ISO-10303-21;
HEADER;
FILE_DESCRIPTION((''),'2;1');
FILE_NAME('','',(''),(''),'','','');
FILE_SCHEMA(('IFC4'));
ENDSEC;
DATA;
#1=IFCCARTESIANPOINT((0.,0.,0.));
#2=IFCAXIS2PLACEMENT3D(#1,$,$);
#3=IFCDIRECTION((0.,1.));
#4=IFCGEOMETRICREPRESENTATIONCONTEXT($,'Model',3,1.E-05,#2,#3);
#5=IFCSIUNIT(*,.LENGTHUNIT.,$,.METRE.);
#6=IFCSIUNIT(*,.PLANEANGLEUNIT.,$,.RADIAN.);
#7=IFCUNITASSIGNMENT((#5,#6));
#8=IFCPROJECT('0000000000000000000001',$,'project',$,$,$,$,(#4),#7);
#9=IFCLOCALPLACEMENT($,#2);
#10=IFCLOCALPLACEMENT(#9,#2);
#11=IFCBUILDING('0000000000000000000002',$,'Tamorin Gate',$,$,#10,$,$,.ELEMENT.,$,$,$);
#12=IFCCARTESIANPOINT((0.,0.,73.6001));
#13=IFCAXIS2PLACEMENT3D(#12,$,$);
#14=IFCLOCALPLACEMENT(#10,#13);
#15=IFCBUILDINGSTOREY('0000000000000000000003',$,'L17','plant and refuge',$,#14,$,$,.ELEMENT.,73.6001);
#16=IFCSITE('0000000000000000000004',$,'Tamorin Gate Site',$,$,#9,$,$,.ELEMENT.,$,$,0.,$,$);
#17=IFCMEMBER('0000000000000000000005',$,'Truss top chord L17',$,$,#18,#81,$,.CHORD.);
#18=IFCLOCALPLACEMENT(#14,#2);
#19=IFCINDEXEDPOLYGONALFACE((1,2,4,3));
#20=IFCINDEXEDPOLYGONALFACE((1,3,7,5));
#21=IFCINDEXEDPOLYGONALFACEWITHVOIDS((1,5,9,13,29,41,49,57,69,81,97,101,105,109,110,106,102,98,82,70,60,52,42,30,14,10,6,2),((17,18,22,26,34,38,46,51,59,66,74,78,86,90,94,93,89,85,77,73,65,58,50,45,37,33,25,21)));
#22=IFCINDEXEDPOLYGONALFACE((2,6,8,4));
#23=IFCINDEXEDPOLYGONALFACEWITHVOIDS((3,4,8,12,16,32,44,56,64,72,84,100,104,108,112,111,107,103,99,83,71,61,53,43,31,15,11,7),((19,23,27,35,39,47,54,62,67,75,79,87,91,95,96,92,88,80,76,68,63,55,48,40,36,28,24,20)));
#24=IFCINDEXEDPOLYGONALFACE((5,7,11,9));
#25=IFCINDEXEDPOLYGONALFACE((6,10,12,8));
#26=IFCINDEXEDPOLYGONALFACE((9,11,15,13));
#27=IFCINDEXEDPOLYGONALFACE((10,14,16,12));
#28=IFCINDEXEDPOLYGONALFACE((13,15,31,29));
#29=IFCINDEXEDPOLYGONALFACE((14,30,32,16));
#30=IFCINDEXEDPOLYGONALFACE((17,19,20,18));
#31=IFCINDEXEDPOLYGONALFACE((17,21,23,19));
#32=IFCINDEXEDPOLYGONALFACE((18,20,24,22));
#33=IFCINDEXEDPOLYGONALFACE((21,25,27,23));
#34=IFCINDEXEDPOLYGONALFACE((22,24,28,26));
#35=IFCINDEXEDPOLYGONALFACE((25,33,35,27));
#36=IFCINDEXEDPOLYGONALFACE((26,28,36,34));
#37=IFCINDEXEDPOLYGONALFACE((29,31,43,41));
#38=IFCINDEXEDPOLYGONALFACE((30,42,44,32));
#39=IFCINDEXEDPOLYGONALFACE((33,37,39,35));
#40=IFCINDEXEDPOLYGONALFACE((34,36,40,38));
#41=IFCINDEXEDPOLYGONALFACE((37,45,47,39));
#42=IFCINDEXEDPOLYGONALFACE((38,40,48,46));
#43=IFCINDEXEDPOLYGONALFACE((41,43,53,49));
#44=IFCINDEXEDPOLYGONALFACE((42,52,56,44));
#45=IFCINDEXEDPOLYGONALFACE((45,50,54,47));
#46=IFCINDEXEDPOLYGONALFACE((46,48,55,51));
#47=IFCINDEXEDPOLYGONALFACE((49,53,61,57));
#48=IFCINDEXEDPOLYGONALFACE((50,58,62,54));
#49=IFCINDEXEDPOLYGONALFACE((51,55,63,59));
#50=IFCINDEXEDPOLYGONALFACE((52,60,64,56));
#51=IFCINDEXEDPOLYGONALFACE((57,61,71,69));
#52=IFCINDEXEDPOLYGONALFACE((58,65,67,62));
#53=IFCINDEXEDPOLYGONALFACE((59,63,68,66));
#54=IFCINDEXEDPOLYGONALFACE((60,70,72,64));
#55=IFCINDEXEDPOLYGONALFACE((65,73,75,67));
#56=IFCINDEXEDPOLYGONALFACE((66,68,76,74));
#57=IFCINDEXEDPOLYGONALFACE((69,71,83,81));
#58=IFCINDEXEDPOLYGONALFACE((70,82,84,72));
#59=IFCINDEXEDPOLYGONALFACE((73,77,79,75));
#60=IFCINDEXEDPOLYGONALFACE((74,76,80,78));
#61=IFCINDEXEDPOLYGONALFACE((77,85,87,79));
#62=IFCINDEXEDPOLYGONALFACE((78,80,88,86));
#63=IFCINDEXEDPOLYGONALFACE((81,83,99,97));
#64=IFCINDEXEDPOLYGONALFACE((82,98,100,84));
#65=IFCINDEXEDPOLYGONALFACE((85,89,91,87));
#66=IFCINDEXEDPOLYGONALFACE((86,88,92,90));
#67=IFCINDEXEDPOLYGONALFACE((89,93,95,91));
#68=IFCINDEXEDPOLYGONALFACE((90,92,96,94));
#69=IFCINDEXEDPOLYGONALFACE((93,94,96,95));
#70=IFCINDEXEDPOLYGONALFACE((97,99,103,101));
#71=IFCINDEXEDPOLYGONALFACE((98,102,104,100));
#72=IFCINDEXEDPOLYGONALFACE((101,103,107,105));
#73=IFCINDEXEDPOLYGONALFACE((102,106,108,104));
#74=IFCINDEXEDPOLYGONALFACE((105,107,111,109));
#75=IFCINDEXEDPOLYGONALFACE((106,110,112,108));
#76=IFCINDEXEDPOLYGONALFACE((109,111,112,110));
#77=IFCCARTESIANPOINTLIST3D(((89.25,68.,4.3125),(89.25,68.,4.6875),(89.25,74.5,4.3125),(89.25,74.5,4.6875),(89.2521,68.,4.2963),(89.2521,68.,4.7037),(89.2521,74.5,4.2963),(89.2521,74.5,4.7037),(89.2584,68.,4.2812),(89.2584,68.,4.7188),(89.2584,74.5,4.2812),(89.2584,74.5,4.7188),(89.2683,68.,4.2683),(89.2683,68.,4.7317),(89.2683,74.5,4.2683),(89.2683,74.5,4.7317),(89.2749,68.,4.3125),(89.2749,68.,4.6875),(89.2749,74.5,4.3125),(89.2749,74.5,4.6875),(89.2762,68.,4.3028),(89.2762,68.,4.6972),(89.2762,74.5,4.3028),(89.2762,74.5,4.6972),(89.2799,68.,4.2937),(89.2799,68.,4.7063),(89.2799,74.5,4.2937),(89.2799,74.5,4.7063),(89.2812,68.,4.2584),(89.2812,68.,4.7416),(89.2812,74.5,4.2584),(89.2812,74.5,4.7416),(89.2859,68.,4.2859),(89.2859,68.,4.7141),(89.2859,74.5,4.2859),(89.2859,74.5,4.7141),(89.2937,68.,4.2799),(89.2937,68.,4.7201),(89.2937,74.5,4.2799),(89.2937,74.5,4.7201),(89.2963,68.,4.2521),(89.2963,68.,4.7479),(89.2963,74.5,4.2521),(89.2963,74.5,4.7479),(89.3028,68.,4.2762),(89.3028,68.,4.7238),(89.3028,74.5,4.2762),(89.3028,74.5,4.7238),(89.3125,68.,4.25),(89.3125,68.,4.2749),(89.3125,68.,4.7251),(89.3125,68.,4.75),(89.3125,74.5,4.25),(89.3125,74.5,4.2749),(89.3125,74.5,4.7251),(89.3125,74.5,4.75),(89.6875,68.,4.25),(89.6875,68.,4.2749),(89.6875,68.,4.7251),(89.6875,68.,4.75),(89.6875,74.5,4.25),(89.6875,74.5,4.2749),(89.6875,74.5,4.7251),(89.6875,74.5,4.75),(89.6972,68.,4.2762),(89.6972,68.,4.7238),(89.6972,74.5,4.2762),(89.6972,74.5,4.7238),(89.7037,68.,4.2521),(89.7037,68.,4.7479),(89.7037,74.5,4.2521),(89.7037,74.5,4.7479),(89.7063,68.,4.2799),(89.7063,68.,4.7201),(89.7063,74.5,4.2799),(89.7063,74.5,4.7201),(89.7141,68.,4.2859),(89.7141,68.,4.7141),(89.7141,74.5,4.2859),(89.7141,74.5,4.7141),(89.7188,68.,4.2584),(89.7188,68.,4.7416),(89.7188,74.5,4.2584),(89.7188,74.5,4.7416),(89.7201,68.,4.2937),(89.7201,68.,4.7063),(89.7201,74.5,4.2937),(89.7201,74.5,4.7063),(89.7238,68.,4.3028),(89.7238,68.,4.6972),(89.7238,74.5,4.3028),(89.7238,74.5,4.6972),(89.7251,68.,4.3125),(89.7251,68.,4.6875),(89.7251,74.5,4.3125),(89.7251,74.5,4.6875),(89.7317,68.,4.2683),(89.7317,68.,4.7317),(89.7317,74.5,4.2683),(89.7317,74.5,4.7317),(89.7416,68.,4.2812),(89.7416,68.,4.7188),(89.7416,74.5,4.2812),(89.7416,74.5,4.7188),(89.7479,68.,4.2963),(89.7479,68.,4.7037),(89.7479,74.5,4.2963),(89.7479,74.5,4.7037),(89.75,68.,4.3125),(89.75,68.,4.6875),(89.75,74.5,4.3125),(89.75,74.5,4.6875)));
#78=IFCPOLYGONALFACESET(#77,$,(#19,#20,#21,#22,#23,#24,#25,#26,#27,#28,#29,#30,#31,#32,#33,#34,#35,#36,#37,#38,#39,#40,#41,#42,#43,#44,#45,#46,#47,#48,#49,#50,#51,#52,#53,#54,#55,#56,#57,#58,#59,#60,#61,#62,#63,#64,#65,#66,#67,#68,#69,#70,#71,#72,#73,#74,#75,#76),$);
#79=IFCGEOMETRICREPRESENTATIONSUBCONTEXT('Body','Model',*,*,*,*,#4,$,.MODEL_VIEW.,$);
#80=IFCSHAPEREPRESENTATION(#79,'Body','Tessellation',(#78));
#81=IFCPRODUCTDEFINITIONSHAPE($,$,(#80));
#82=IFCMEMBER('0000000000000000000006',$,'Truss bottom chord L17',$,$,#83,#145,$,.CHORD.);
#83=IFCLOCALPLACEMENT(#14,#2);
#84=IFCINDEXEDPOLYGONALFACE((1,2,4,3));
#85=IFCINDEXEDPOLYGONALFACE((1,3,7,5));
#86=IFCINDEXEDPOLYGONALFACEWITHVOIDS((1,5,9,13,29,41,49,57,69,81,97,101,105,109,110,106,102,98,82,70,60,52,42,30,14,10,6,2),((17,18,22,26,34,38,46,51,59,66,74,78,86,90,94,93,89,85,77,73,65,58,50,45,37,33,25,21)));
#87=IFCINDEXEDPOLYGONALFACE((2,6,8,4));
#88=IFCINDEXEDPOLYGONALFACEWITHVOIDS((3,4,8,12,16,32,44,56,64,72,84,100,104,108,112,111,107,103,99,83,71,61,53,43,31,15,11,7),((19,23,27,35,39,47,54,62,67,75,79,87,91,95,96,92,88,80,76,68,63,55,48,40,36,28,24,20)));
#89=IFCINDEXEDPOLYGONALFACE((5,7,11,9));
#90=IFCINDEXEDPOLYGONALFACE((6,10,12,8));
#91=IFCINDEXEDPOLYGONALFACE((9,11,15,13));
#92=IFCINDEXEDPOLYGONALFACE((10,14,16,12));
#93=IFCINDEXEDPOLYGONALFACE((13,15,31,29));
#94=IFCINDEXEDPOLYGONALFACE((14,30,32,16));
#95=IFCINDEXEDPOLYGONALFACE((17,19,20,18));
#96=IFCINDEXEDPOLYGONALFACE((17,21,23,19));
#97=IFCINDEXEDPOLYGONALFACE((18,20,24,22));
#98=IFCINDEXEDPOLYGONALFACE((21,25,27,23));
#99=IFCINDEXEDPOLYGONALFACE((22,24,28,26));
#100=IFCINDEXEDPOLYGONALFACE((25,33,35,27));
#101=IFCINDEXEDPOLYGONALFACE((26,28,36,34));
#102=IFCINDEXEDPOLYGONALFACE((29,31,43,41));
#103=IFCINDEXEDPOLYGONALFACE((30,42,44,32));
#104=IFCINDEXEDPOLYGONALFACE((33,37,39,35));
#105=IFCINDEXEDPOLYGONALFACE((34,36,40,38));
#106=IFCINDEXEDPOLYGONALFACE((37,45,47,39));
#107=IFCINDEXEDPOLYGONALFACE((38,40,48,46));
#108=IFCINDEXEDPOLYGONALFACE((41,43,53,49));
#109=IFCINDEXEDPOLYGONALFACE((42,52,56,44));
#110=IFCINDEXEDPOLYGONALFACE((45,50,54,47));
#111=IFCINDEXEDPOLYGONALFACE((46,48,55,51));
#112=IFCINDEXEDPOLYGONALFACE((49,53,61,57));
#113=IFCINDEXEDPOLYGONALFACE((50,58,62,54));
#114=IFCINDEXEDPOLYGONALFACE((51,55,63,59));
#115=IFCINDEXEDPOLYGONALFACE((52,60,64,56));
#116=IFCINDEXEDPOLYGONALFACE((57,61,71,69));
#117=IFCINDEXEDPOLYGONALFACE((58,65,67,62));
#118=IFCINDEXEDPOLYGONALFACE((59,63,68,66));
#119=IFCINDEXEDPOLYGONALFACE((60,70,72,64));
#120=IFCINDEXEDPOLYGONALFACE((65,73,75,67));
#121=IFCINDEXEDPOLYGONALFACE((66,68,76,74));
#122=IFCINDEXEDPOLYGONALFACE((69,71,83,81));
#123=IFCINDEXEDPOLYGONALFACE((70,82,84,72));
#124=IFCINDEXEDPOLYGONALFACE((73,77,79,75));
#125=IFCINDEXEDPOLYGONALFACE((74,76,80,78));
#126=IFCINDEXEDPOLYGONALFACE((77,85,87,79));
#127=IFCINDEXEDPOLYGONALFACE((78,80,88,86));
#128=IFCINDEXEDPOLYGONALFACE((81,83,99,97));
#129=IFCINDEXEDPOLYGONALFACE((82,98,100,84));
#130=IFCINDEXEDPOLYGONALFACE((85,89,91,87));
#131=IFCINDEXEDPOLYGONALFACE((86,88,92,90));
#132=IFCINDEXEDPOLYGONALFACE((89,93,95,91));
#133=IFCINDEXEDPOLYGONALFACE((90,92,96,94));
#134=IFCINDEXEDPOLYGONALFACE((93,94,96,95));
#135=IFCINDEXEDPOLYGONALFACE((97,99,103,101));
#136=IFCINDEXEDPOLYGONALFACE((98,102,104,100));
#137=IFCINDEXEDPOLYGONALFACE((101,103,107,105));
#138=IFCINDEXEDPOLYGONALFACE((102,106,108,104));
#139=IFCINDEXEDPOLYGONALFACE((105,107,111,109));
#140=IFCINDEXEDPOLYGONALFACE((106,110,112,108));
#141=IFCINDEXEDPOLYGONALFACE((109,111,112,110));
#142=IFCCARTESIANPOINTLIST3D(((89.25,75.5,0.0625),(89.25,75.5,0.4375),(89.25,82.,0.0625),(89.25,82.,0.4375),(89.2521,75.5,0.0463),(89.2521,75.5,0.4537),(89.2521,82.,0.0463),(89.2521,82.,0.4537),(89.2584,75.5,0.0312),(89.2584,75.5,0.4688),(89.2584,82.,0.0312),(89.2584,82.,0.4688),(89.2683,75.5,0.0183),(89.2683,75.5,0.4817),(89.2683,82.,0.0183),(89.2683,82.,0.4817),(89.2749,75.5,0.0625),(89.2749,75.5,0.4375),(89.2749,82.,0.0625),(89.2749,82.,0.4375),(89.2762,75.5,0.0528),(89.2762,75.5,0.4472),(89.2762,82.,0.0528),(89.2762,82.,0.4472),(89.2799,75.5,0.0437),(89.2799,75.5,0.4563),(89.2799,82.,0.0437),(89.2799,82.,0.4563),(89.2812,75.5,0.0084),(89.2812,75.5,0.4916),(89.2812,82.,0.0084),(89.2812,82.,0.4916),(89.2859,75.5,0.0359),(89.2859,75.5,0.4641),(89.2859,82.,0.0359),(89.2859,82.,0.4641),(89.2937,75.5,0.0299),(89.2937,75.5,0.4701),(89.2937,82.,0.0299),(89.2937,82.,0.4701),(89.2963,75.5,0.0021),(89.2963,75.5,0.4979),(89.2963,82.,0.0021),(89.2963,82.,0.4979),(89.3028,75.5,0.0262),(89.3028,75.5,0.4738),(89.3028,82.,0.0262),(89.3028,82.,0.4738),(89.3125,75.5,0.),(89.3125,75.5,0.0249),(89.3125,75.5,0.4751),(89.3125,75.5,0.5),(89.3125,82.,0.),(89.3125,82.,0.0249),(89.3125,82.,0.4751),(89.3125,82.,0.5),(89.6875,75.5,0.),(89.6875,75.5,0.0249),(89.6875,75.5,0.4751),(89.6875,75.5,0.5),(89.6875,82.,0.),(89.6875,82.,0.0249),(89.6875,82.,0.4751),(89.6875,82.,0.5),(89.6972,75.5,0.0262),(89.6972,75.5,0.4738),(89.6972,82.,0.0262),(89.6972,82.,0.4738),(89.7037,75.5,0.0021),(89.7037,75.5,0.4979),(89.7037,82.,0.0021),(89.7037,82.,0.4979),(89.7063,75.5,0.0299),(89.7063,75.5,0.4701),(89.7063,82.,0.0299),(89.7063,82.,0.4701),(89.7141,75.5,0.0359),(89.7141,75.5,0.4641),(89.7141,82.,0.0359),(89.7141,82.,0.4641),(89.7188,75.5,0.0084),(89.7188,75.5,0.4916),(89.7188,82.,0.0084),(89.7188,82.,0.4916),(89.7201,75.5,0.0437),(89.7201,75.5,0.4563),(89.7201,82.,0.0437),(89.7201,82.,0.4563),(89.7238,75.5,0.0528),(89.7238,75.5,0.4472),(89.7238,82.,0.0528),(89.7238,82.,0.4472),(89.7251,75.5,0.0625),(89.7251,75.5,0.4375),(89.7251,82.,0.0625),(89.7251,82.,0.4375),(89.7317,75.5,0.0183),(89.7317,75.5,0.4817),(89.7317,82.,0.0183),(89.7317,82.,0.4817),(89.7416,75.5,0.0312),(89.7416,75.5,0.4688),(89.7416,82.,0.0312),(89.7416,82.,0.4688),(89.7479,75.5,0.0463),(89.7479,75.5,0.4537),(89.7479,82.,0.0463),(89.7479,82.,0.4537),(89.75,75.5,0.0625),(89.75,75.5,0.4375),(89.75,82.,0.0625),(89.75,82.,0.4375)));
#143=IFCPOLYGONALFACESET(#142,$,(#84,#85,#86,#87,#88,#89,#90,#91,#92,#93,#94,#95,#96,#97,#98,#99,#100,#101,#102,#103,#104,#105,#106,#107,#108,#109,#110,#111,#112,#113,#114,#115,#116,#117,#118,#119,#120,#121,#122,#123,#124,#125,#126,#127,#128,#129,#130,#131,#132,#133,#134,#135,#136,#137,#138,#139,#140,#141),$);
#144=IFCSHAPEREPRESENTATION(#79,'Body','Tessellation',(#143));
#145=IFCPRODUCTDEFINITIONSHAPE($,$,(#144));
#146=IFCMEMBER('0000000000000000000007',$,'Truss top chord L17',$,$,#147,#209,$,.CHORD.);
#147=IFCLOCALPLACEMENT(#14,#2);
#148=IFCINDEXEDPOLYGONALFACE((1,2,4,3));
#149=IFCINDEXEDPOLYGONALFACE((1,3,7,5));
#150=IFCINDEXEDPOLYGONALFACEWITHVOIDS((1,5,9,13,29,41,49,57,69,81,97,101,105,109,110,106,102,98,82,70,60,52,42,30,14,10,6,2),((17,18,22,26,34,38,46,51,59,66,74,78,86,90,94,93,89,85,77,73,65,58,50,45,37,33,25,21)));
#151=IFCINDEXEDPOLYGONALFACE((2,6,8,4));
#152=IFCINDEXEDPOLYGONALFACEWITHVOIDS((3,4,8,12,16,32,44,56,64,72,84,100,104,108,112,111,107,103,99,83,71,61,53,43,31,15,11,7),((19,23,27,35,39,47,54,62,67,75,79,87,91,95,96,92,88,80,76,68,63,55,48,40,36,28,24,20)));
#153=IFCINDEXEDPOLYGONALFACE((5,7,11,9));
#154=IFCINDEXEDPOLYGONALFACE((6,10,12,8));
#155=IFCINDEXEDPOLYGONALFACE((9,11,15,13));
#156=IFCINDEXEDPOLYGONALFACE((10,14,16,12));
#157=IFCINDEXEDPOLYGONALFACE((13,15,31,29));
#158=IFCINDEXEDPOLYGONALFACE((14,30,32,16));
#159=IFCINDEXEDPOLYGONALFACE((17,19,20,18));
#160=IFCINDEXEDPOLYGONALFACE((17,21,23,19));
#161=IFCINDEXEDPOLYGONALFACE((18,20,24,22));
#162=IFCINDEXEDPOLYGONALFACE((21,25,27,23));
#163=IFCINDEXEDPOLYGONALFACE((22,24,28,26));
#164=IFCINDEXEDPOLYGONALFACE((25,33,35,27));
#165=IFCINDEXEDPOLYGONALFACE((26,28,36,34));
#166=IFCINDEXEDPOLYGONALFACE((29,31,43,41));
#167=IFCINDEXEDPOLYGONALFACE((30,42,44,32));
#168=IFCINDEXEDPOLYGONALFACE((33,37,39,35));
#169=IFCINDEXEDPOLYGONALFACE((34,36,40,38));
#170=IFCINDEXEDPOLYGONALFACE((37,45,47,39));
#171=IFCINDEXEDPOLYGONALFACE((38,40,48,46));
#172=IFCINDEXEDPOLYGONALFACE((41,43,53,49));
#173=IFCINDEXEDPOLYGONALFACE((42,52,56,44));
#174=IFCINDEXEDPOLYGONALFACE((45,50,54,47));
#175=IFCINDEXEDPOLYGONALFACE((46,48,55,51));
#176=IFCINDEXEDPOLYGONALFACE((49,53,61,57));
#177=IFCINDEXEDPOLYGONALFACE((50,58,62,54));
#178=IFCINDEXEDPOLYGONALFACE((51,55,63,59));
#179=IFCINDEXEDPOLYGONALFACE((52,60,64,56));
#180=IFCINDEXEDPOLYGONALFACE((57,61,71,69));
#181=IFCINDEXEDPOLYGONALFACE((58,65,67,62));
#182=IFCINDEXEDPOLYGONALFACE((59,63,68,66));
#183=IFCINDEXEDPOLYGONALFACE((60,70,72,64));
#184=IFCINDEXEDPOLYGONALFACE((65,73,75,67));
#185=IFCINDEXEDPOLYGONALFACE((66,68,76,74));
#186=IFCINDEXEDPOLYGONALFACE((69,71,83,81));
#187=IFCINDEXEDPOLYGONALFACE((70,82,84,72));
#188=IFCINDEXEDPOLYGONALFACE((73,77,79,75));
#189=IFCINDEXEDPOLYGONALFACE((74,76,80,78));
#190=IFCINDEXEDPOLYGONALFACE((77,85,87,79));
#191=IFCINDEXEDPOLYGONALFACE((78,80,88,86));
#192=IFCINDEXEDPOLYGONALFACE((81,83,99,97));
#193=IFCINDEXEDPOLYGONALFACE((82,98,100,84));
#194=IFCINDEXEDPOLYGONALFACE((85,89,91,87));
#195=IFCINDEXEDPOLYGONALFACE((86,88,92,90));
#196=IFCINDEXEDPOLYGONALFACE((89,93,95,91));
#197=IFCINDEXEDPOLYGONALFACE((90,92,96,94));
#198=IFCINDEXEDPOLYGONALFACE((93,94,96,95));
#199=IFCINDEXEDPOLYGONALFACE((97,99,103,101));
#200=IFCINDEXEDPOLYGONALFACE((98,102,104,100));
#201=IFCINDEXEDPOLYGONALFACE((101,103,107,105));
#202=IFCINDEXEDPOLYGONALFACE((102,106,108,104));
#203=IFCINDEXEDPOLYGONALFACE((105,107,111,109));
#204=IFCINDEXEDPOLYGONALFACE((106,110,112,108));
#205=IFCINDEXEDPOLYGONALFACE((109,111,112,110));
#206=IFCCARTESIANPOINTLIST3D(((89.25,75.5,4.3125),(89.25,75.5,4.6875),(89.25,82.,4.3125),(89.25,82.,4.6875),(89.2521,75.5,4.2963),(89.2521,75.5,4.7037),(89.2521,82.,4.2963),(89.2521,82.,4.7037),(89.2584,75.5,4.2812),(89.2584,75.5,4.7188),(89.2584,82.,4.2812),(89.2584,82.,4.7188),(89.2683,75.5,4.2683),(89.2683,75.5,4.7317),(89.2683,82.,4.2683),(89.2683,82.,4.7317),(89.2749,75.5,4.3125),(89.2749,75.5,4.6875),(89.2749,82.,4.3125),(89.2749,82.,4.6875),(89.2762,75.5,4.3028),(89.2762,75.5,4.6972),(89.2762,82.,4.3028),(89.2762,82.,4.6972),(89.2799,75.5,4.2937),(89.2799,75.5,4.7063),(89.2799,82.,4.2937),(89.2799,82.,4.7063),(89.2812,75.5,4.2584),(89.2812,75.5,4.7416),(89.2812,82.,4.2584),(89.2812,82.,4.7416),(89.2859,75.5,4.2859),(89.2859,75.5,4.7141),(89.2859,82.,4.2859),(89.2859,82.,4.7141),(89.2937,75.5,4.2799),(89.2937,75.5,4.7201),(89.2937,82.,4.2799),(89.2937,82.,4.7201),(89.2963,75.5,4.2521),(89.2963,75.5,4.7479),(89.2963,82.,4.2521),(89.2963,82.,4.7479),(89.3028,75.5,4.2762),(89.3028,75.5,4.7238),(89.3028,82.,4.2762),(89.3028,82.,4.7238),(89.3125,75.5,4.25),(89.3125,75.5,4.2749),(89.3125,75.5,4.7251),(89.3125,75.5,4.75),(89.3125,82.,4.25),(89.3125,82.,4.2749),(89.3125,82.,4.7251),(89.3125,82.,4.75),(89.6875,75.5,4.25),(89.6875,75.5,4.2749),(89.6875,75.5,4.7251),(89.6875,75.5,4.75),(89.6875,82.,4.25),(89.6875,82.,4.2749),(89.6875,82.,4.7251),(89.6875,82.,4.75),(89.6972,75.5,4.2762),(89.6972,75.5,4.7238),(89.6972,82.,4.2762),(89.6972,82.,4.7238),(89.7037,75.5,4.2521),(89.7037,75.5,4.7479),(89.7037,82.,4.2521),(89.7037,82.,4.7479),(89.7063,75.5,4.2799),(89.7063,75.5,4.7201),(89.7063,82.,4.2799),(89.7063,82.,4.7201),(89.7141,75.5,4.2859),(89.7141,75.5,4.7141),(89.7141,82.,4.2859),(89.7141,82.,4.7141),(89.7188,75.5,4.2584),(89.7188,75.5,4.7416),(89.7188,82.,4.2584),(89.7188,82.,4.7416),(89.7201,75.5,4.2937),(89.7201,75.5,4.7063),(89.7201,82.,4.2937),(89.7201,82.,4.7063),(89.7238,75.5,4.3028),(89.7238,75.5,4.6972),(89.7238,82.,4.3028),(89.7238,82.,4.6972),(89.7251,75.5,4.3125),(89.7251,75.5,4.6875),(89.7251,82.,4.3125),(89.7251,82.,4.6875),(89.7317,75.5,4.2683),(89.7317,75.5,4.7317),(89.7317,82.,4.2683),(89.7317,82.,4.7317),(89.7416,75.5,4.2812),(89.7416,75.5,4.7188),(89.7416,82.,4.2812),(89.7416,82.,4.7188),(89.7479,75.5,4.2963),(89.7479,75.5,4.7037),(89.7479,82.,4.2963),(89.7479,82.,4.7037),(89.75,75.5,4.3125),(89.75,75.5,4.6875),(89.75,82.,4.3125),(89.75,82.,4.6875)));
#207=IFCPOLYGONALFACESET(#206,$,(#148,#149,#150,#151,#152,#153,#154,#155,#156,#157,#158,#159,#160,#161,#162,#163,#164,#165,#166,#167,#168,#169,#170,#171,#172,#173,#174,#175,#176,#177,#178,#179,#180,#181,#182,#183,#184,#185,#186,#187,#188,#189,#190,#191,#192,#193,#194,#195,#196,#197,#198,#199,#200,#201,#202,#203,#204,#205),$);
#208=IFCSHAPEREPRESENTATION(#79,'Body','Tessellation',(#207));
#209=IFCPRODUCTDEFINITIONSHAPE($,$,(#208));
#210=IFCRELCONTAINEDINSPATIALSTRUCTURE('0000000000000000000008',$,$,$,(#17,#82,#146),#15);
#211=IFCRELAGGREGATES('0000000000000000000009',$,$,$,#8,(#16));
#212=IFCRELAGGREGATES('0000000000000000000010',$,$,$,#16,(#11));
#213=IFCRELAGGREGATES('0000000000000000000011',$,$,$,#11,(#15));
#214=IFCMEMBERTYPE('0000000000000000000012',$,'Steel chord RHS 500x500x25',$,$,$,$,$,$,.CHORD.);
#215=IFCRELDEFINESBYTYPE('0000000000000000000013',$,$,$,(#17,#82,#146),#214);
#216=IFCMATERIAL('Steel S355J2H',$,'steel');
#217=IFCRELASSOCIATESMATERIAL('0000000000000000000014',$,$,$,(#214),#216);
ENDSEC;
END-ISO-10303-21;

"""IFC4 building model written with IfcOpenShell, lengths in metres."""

from ifc_helpers import new_model, si_unit, direction, frame, origin, origin_2d, place, context, subcontext, project, spatial, hollow_rectangle, extrude, material, material_profile, profile_set, type_object, element, save


model = new_model("IFC4")

# Units and contexts
model_context = context("Model", 3, precision=1e-05, world=origin(), true_north=direction((0.0, 1.0)))
body_context = subcontext(model_context, "Body", "Model", "MODEL_VIEW")
ifc_project = project(units=[si_unit("LENGTHUNIT", "METRE"), si_unit("PLANEANGLEUNIT", "RADIAN")], contexts=[model_context])

# Site, building, storey
site_placement = place(None, origin())
site = spatial("IfcSite", under=ifc_project, at=site_placement, Name="Tamorin Gate Site", CompositionType="ELEMENT", RefElevation=0.0)
building_placement = place(site_placement, origin())
building = spatial("IfcBuilding", under=site, at=building_placement, Name="Tamorin Gate", CompositionType="ELEMENT")
storey_placement = place(building_placement, frame((0.0, 0.0, 73.6001)))
storey = spatial("IfcBuildingStorey", under=building, at=storey_placement, Name="L17", Description="plant and refuge", CompositionType="ELEMENT", Elevation=73.6001)

# Members
ifc_material_1 = material(Name="Steel S355J2H", Category="steel")
ifc_material_profile_1 = material_profile(ifc_material_1, hollow_rectangle(XDim=0.5, YDim=0.5, WallThickness=0.0249, InnerFilletRadius=0.0376, OuterFilletRadius=0.0625, at=origin_2d()), Name="RHS 500x500x25")
ifc_profile_set_1 = profile_set([ifc_material_profile_1], Name="Steel S355J2H")
member_type_1 = type_object("IfcMemberType", Name="Steel chord RHS 500x500x25", PredefinedType="CHORD", material=ifc_profile_set_1)
for number, where, z_axis, x_axis, name in (
    (1, (89.5, 68.0, 4.5), (0.0, 1.0, 0.0), (-1.0, 0.0, 0.0), "Truss top chord L17"),
    (2, (89.5, 75.5, 0.25), (0.0, 1.0, 0.0), (-1.0, 0.0, 0.0), "Truss bottom chord L17"),
    (3, (89.5, 75.5, 4.5), (0.0, 1.0, 0.0), (-1.0, 0.0, 0.0), "Truss top chord L17"),
):
    element("IfcMember", number, at=place(storey_placement, frame(where, z_axis=z_axis, x_axis=x_axis)), inside=storey, type_object=member_type_1, Name=name, PredefinedType="CHORD", context=body_context, shape_type="SweptSolid", body=[
        extrude(hollow_rectangle(XDim=0.5, YDim=0.5, WallThickness=0.0249, InnerFilletRadius=0.0376, OuterFilletRadius=0.0625, at=origin_2d()), origin(), (0.0, 0.0, 1.0), 6.5),
    ])

save(model, "model.ifc")
